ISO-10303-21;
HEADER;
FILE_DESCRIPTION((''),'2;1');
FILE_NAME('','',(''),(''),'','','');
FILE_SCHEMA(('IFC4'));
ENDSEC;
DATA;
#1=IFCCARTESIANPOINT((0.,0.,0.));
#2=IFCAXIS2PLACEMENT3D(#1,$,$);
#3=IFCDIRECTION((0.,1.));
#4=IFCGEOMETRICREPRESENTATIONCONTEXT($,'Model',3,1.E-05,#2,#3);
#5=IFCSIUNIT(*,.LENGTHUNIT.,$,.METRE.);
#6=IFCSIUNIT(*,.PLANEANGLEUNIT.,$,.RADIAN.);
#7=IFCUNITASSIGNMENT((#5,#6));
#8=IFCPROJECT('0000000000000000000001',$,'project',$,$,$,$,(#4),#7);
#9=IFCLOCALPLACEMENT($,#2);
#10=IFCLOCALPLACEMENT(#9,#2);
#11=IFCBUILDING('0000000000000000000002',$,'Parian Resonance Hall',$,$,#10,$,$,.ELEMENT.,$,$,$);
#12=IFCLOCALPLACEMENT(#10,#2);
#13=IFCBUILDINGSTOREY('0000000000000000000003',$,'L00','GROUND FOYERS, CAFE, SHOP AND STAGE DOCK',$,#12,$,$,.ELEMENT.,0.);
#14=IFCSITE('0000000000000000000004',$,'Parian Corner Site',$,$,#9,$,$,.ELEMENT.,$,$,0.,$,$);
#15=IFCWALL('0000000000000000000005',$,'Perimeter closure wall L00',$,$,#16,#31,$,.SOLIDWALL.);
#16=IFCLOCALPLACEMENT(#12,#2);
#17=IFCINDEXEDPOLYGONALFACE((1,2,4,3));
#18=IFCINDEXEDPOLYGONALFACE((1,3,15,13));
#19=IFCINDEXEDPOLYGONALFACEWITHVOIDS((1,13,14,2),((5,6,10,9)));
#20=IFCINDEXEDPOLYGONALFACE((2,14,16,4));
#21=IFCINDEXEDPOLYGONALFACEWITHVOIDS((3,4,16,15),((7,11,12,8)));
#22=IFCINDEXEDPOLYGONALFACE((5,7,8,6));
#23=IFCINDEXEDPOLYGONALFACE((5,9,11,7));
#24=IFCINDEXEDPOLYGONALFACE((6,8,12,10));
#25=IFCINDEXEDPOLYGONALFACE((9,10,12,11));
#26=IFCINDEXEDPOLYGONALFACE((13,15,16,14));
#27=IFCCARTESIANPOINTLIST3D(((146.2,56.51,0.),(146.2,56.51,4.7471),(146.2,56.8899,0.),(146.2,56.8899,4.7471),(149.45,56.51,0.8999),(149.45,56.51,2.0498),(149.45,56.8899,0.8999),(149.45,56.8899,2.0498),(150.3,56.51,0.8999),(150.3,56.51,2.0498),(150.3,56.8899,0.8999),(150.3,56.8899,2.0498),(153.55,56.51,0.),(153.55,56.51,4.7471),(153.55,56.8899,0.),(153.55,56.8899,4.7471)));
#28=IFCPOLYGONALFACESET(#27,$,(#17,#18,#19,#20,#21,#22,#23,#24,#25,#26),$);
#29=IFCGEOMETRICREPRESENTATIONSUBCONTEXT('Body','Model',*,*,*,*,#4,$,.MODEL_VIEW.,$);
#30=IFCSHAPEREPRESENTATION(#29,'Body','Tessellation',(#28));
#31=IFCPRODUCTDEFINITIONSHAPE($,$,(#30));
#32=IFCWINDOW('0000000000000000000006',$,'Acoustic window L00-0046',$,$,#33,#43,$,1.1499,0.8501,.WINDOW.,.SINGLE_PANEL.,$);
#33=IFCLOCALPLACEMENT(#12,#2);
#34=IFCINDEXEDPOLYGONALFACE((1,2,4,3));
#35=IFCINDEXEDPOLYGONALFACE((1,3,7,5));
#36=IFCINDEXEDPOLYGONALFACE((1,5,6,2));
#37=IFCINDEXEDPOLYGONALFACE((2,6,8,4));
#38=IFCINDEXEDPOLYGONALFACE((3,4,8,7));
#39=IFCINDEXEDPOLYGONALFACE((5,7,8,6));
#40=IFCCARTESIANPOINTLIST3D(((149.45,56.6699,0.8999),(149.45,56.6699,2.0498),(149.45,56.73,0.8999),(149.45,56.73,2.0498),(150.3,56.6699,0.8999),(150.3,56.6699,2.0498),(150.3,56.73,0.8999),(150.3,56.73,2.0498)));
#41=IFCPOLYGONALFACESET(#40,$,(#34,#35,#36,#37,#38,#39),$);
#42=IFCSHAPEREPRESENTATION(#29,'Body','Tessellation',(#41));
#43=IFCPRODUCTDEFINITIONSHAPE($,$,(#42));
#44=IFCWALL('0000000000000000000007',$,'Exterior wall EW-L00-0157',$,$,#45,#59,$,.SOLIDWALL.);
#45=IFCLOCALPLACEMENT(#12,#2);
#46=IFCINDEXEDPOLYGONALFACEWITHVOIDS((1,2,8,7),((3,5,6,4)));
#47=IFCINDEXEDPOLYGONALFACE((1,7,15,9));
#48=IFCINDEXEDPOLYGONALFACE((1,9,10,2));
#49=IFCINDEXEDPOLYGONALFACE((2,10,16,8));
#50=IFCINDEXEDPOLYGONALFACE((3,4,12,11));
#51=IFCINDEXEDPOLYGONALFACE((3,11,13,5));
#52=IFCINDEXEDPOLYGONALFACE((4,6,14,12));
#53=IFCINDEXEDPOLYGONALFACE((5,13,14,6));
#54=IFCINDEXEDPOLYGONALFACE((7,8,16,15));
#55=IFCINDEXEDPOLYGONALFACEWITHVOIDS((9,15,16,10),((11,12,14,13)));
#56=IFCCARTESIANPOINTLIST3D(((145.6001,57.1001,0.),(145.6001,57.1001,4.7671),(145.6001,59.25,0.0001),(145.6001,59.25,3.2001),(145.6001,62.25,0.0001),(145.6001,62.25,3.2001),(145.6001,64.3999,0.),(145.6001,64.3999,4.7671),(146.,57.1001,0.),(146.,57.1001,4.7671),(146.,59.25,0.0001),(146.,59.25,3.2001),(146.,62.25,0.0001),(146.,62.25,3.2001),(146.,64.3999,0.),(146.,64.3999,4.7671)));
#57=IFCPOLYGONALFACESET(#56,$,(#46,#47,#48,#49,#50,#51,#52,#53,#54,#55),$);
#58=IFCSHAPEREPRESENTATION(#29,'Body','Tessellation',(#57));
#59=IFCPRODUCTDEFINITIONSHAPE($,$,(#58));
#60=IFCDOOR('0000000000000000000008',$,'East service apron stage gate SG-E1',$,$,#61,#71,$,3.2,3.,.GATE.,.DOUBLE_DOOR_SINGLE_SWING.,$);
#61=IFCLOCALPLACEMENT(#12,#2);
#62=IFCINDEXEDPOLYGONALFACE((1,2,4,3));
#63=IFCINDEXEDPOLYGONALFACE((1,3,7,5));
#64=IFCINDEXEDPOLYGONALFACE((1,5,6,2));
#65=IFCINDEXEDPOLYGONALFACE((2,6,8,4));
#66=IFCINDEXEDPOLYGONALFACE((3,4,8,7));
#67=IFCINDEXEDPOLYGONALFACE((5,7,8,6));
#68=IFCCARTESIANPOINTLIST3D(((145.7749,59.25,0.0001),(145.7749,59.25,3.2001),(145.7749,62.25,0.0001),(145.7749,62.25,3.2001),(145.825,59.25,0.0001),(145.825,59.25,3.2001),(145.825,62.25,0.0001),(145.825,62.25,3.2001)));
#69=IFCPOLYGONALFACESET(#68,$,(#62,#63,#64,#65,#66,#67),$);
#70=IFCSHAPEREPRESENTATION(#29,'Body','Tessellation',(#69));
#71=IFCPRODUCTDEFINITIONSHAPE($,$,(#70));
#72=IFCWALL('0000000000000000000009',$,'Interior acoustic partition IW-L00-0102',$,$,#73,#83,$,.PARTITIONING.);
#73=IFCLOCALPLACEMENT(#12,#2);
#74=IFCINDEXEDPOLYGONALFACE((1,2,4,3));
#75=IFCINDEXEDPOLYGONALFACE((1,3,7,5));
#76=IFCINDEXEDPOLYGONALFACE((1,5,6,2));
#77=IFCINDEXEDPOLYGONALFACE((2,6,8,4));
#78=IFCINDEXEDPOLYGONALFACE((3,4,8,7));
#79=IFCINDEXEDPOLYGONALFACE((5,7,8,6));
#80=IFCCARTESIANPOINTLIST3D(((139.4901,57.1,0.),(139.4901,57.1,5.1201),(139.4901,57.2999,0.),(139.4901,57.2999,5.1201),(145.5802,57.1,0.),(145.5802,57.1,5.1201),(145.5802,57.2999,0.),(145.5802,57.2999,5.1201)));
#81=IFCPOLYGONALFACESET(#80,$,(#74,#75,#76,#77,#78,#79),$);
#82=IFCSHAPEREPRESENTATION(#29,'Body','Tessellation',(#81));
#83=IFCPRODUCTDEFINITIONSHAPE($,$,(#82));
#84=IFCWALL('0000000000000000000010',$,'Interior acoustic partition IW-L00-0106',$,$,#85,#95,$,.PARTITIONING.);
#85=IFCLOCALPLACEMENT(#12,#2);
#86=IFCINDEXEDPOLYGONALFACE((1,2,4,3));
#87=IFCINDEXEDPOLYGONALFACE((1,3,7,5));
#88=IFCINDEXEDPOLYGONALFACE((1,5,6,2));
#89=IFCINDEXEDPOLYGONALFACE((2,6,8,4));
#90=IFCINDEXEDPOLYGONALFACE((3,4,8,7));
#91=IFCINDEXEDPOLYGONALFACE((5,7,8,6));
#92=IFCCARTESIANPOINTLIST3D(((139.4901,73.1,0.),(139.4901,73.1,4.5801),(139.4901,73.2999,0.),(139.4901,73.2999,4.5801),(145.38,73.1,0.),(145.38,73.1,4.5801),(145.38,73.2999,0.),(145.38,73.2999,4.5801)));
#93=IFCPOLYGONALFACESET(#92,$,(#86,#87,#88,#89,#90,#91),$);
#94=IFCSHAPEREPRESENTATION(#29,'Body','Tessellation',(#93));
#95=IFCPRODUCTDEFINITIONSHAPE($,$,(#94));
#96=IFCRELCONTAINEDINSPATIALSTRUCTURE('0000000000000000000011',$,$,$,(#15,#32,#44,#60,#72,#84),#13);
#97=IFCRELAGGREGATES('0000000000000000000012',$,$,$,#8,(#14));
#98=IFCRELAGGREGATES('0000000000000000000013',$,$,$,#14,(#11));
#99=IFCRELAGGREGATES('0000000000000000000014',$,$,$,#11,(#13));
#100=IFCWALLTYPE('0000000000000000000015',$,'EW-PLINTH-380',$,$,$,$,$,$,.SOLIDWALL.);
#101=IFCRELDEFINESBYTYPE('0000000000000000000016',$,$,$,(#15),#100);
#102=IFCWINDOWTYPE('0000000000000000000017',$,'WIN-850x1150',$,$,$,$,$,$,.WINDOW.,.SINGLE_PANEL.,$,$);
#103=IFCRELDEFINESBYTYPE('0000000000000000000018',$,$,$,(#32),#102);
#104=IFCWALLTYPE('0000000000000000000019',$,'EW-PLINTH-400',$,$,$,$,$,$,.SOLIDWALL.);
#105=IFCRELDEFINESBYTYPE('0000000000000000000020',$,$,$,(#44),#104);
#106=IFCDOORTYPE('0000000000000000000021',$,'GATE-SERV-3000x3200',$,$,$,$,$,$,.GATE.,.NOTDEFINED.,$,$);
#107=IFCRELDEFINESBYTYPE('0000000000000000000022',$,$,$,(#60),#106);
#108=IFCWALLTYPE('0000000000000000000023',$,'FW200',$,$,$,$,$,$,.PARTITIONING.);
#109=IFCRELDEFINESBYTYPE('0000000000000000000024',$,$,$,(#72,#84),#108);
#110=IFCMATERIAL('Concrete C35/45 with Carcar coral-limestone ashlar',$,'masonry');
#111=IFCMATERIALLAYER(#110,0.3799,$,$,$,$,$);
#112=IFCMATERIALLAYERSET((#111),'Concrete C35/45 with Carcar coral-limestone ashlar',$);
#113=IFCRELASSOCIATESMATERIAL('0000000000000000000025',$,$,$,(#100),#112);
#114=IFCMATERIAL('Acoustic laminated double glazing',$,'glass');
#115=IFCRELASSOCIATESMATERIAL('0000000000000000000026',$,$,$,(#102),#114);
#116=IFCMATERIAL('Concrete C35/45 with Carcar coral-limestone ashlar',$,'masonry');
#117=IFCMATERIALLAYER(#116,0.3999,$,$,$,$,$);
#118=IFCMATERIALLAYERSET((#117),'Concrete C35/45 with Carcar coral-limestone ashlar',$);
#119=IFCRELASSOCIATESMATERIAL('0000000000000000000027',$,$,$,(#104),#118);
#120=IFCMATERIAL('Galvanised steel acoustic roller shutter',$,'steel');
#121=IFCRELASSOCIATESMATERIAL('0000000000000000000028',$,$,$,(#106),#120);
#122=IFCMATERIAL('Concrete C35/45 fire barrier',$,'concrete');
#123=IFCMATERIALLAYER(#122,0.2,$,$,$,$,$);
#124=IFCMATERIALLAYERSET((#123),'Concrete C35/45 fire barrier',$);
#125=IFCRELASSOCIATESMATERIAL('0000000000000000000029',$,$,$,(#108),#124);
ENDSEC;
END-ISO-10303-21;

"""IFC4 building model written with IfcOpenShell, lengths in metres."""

from ifc_helpers import new_model, si_unit, direction, frame, frame_2d, origin, place, context, subcontext, project, spatial, rectangle, extrude, material, layer, layer_set, type_object, element, fill, save


model = new_model("IFC4")

# Units and contexts
model_context = context("Model", 3, precision=1e-05, world=origin(), true_north=direction((0.0, 1.0)))
body_context = subcontext(model_context, "Body", "Model", "MODEL_VIEW")
ifc_project = project(units=[si_unit("LENGTHUNIT", "METRE"), si_unit("PLANEANGLEUNIT", "RADIAN")], contexts=[model_context])

# Site, building, storey
site_placement = place(None, origin())
site = spatial("IfcSite", under=ifc_project, at=site_placement, Name="Parian Corner Site", CompositionType="ELEMENT", RefElevation=0.0)
building_placement = place(site_placement, origin())
building = spatial("IfcBuilding", under=site, at=building_placement, Name="Parian Resonance Hall", CompositionType="ELEMENT")
storey_placement = place(building_placement, origin())
storey = spatial("IfcBuildingStorey", under=building, at=storey_placement, Name="L00", Description="GROUND FOYERS, CAFE, SHOP AND STAGE DOCK", CompositionType="ELEMENT", Elevation=0.0)

# Wall, opening, window
ifc_material_1 = material(Name="Concrete C35/45 with Carcar coral-limestone ashlar", Category="masonry")
ifc_layer_1 = layer(ifc_material_1, 0.3799)
ifc_layer_set_1 = layer_set([ifc_layer_1], Name="Concrete C35/45 with Carcar coral-limestone ashlar")
wall_type_1 = type_object("IfcWallType", Name="EW-PLINTH-380", PredefinedType="SOLIDWALL", material=ifc_layer_set_1)
wall_1_placement = place(storey_placement, frame((153.55, 56.7, 0.0), z_axis=(0.0, 0.0, 1.0), x_axis=(-1.0, 0.0, 0.0)))
wall_1 = element("IfcWall", 1, at=wall_1_placement, inside=storey, type_object=wall_type_1, Name="Perimeter closure wall L00", PredefinedType="SOLIDWALL", context=body_context, shape_type="SweptSolid", body=[
    extrude(rectangle(XDim=7.3501, YDim=0.3799, at=frame_2d((3.675, 0.0))), origin(), (0.0, 0.0, 1.0), 4.7471),
])
opening_1_placement = place(wall_1_placement, frame((3.25, 0.0, 0.8999)))
opening_1 = element("IfcOpeningElement", 2, at=opening_1_placement, cuts=wall_1, PredefinedType="OPENING", context=body_context, shape_type="SweptSolid", body=[
    extrude(rectangle(XDim=0.8501, YDim=1.1499, at=frame_2d((0.425, 0.575))), frame((0.0, 0.2, 0.0), z_axis=(0.0, -1.0, 0.0), x_axis=(1.0, 0.0, 0.0)), (0.0, 0.0, 1.0), 0.3999),
])
ifc_material_2 = material(Name="Acoustic laminated double glazing", Category="glass")
window_type_1 = type_object("IfcWindowType", Name="WIN-850x1150", PartitioningType="SINGLE_PANEL", PredefinedType="WINDOW", material=ifc_material_2)
window_1_placement = place(opening_1_placement, origin())
window_1 = element("IfcWindow", 3, at=window_1_placement, inside=storey, type_object=window_type_1, Name="Acoustic window L00-0046", OverallHeight=1.1499, OverallWidth=0.8501, PartitioningType="SINGLE_PANEL", PredefinedType="WINDOW", context=body_context, shape_type="SweptSolid", body=[
    extrude(rectangle(XDim=0.8501, YDim=1.1499, at=frame_2d((0.425, 0.575))), frame((0.0, 0.03, 0.0), z_axis=(0.0, -1.0, 0.0), x_axis=(1.0, 0.0, 0.0)), (0.0, 0.0, 1.0), 0.0601),
])
fill(opening_1, window_1)

# Wall, opening, door
ifc_material_3 = material(Name="Concrete C35/45 with Carcar coral-limestone ashlar", Category="masonry")
ifc_layer_2 = layer(ifc_material_3, 0.3999)
ifc_layer_set_2 = layer_set([ifc_layer_2], Name="Concrete C35/45 with Carcar coral-limestone ashlar")
wall_type_2 = type_object("IfcWallType", Name="EW-PLINTH-400", PredefinedType="SOLIDWALL", material=ifc_layer_set_2)
wall_2_placement = place(storey_placement, frame((145.8, 64.3999, 0.0), z_axis=(0.0, 0.0, 1.0), x_axis=(0.0, -1.0, 0.0)))
wall_2 = element("IfcWall", 4, at=wall_2_placement, inside=storey, type_object=wall_type_2, Name="Exterior wall EW-L00-0157", PredefinedType="SOLIDWALL", context=body_context, shape_type="SweptSolid", body=[
    extrude(rectangle(XDim=7.2998, YDim=0.3999, at=frame_2d((3.6499, 0.0))), origin(), (0.0, 0.0, 1.0), 4.7671),
])
opening_2_placement = place(wall_2_placement, frame((2.1499, 0.0, 0.0)))
opening_2 = element("IfcOpeningElement", 5, at=opening_2_placement, cuts=wall_2, PredefinedType="OPENING", context=body_context, shape_type="SweptSolid", body=[
    extrude(rectangle(XDim=3.0, YDim=3.2, at=frame_2d((1.5, 1.6001))), frame((0.0, 0.21, 0.0), z_axis=(0.0, -1.0, 0.0), x_axis=(1.0, 0.0, 0.0)), (0.0, 0.0, 1.0), 0.4199),
])
ifc_material_4 = material(Name="Galvanised steel acoustic roller shutter", Category="steel")
door_type_1 = type_object("IfcDoorType", Name="GATE-SERV-3000x3200", OperationType="NOTDEFINED", PredefinedType="GATE", material=ifc_material_4)
door_1_placement = place(opening_2_placement, origin())
door_1 = element("IfcDoor", 6, at=door_1_placement, inside=storey, type_object=door_type_1, Name="East service apron stage gate SG-E1", OperationType="DOUBLE_DOOR_SINGLE_SWING", OverallHeight=3.2, OverallWidth=3.0, PredefinedType="GATE", context=body_context, shape_type="SweptSolid", body=[
    extrude(rectangle(XDim=3.0, YDim=3.2, at=frame_2d((1.5, 1.6001))), frame((0.0, 0.0249, 0.0), z_axis=(0.0, -1.0, 0.0), x_axis=(1.0, 0.0, 0.0)), (0.0, 0.0, 1.0), 0.05),
])
fill(opening_2, door_1)

# Walls
ifc_material_5 = material(Name="Concrete C35/45 fire barrier", Category="concrete")
ifc_layer_3 = layer(ifc_material_5, 0.2)
ifc_layer_set_3 = layer_set([ifc_layer_3], Name="Concrete C35/45 fire barrier")
wall_type_3 = type_object("IfcWallType", Name="FW200", PredefinedType="PARTITIONING", material=ifc_layer_set_3)
wall_3_placement = place(storey_placement, frame((145.5801, 57.2, 0.0), z_axis=(0.0, 0.0, 1.0), x_axis=(-1.0, 0.0, 0.0)))
element("IfcWall", 7, at=wall_3_placement, inside=storey, type_object=wall_type_3, Name="Interior acoustic partition IW-L00-0102", PredefinedType="PARTITIONING", context=body_context, shape_type="SweptSolid", body=[
    extrude(rectangle(XDim=6.0901, YDim=0.2, at=frame_2d((3.0449, 0.0))), origin(), (0.0, 0.0, 1.0), 5.1201),
])
wall_4_placement = place(storey_placement, frame((145.3799, 73.2, 0.0), z_axis=(0.0, 0.0, 1.0), x_axis=(-1.0, 0.0, 0.0)))
element("IfcWall", 8, at=wall_4_placement, inside=storey, type_object=wall_type_3, Name="Interior acoustic partition IW-L00-0106", PredefinedType="PARTITIONING", context=body_context, shape_type="SweptSolid", body=[
    extrude(rectangle(XDim=5.8899, YDim=0.2, at=frame_2d((2.9448, 0.0))), origin(), (0.0, 0.0, 1.0), 4.5801),
])

save(model, "model.ifc")
